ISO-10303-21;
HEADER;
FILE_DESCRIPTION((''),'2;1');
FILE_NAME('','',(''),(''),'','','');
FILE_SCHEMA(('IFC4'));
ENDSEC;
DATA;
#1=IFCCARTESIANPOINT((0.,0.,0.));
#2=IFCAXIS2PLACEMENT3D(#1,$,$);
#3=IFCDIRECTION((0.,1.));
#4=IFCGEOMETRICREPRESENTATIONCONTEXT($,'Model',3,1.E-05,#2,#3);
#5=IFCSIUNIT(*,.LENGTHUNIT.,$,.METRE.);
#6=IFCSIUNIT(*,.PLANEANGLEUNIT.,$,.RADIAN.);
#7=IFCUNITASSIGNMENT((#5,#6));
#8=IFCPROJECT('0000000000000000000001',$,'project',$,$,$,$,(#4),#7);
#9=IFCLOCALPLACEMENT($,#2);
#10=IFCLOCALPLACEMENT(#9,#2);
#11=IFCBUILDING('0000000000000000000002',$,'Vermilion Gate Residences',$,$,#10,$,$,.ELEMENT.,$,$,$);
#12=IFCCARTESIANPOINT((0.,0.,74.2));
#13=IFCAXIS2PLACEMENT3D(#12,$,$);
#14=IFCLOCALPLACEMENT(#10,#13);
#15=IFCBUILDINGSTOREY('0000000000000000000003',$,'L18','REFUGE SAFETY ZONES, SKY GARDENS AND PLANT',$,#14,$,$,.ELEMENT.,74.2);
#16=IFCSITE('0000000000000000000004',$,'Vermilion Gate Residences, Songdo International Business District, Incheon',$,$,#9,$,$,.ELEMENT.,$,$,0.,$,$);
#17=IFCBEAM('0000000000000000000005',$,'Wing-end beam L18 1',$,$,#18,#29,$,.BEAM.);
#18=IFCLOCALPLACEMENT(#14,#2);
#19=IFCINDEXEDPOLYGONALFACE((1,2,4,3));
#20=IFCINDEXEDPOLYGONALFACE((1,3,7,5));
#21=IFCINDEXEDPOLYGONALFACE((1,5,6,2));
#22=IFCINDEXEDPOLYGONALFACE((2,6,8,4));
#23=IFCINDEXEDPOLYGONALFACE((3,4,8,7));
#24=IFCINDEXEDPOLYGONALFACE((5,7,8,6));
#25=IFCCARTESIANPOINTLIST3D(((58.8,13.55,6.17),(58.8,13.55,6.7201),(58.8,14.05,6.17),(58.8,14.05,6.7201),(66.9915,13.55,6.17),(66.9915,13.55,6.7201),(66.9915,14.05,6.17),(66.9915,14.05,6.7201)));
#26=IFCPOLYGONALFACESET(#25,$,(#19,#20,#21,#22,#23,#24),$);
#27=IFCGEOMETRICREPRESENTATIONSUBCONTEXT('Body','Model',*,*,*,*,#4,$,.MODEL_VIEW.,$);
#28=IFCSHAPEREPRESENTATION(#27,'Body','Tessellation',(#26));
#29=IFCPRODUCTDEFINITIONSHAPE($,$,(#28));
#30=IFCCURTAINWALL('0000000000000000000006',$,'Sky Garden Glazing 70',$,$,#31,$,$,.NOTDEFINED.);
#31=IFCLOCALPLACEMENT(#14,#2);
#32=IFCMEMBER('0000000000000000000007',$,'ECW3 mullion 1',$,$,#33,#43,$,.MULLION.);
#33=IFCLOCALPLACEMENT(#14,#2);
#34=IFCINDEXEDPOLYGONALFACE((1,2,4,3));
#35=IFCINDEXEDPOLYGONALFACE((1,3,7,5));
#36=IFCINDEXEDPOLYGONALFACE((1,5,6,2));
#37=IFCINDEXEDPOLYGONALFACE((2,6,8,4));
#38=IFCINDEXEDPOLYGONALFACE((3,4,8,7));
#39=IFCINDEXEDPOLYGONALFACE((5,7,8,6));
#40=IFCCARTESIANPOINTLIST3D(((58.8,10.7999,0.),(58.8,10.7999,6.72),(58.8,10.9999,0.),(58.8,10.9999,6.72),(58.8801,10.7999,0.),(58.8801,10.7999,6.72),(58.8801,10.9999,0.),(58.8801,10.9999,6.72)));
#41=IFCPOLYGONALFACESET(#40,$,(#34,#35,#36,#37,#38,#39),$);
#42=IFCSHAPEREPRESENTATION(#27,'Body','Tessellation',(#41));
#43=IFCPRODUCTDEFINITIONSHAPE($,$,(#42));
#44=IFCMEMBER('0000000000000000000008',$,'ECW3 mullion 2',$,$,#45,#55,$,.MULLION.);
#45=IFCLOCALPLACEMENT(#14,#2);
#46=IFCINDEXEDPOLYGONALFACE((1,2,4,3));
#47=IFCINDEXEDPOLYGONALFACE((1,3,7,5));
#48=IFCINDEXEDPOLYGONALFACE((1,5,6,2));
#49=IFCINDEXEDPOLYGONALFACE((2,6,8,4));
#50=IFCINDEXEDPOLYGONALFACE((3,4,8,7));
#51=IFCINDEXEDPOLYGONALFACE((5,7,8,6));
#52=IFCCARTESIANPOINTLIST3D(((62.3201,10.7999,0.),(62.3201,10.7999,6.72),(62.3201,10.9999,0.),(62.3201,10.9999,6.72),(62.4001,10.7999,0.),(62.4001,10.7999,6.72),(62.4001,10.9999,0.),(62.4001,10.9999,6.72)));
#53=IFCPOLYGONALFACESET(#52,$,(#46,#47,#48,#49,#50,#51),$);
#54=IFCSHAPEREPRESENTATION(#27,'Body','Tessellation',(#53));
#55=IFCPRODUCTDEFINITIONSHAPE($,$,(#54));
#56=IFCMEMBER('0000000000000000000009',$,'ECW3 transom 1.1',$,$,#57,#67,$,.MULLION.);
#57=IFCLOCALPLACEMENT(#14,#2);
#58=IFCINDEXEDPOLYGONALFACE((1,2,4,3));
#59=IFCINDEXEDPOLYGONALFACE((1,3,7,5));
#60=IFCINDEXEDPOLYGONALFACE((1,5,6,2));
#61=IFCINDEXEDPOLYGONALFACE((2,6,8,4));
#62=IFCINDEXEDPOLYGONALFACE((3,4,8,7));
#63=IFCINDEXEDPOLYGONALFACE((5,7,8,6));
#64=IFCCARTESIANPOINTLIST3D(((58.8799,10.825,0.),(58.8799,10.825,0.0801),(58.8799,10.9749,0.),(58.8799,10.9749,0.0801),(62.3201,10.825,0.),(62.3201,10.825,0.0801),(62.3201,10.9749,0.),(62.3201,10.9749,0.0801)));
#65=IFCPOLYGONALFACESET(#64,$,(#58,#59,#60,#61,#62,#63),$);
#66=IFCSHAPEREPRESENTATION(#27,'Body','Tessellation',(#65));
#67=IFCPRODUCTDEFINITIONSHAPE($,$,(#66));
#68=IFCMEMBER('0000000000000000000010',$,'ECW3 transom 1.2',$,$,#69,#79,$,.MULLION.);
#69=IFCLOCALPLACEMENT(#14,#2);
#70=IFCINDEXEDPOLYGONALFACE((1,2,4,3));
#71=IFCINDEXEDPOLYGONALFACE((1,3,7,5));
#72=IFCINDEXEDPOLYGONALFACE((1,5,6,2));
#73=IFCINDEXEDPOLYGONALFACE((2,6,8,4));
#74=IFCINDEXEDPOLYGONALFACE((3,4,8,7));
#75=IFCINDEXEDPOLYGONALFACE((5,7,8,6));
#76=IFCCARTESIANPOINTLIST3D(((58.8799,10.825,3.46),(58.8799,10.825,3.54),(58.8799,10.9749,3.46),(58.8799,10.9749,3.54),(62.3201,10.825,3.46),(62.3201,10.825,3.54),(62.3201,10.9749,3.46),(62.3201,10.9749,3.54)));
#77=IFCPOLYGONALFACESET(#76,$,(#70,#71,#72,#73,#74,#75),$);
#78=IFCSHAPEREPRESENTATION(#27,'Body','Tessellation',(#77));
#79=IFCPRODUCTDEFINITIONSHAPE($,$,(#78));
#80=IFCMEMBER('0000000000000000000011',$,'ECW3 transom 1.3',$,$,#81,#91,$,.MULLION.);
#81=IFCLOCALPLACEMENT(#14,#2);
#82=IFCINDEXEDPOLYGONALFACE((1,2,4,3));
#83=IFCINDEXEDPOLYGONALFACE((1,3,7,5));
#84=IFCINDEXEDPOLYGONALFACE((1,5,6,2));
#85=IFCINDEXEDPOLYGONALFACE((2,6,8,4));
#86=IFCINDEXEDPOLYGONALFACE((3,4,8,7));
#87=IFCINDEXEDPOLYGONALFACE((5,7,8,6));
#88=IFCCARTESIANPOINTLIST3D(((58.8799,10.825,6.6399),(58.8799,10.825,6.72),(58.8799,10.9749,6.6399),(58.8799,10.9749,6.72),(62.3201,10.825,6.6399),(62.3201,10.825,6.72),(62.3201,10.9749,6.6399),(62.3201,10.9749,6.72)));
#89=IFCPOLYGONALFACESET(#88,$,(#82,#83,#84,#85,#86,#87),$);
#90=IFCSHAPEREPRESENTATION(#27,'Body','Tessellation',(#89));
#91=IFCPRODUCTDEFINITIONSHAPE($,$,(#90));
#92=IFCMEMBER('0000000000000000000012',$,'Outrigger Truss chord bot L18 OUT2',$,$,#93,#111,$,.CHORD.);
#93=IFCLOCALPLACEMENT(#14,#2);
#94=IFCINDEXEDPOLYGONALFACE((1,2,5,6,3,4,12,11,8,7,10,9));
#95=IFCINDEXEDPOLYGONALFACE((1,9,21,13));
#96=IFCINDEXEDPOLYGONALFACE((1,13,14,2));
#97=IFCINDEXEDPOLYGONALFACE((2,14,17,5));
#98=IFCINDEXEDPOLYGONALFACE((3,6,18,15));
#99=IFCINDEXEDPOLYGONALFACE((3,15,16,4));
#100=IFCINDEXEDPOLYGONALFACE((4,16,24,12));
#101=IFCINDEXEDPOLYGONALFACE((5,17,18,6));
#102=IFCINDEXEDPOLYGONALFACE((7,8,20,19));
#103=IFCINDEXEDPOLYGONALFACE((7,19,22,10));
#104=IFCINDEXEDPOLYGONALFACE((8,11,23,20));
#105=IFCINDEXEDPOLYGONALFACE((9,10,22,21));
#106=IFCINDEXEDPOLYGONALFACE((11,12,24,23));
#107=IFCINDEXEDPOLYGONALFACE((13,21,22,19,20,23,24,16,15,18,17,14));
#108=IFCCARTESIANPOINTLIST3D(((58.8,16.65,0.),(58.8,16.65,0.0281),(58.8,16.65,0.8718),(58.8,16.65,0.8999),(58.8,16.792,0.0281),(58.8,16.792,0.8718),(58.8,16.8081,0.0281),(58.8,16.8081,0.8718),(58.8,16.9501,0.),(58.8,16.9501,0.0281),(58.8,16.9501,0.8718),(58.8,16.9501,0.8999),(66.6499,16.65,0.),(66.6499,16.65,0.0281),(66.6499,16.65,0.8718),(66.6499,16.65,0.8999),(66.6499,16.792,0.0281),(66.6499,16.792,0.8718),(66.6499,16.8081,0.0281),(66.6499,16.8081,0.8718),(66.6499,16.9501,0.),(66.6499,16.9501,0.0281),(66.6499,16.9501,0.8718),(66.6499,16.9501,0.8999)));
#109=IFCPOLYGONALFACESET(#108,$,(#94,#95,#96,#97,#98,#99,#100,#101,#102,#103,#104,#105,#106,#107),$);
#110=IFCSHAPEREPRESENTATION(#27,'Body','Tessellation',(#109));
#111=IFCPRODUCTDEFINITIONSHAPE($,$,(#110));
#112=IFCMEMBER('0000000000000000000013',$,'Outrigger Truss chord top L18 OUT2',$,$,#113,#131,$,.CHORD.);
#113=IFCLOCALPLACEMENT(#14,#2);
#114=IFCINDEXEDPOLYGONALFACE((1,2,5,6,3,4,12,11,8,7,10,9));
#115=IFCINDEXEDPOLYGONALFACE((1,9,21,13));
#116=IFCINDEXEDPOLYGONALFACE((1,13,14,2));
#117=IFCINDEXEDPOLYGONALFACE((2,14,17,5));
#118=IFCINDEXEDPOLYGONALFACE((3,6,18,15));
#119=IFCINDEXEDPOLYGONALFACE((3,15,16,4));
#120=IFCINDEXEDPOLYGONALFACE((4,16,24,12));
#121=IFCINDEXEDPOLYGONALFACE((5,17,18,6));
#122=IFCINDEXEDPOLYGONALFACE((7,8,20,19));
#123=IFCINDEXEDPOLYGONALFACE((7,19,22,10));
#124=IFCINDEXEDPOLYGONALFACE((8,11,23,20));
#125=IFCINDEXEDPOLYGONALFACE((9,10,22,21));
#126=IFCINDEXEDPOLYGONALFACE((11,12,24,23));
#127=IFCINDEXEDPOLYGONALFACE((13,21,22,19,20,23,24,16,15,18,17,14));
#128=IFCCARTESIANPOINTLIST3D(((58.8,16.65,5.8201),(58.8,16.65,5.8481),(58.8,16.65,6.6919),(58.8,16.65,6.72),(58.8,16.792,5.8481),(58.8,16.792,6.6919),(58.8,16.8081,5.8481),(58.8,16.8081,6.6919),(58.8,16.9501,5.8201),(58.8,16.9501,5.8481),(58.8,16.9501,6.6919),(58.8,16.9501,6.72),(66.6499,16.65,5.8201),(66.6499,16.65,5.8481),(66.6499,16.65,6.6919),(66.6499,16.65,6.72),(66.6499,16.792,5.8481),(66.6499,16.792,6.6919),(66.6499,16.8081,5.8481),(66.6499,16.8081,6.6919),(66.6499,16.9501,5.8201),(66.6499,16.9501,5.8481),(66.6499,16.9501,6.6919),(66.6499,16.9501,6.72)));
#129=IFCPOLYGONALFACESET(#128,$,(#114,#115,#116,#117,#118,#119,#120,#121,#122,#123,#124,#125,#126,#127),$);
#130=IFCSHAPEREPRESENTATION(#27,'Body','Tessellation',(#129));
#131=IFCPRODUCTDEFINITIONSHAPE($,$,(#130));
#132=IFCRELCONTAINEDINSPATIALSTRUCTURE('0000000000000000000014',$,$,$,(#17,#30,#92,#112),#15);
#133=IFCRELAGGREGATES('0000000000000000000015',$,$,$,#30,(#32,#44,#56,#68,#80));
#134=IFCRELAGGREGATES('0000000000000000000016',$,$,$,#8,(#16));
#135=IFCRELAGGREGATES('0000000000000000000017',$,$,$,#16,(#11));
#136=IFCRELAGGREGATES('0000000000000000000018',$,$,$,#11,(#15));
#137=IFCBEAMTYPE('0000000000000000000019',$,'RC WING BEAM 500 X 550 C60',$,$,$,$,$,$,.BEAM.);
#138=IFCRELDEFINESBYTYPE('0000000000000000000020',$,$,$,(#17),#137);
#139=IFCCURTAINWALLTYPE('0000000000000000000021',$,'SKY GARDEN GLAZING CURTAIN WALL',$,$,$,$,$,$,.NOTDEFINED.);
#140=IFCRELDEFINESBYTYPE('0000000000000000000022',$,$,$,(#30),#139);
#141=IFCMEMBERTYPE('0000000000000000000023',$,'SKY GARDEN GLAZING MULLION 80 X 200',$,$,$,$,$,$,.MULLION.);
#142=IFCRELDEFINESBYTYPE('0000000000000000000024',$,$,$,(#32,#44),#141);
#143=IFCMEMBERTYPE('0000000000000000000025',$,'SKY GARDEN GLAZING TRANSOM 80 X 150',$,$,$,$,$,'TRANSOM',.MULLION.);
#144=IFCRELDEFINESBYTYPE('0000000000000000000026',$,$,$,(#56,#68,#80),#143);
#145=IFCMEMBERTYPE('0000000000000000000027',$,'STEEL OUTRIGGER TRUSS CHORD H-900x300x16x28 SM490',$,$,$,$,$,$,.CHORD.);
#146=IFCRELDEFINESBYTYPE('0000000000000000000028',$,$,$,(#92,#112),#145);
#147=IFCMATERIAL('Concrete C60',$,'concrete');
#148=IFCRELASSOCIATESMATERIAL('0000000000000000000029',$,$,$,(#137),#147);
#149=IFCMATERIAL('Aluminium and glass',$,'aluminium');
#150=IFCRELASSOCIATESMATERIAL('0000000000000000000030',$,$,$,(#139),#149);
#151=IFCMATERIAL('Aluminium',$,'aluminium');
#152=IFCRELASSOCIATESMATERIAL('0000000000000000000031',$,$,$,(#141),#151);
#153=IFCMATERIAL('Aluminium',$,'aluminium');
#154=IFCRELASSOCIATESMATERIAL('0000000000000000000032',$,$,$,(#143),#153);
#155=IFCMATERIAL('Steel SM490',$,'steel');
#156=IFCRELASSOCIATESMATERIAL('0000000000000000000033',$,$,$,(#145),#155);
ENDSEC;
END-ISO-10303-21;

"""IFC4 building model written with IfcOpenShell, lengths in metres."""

from ifc_helpers import new_model, si_unit, direction, frame, origin, origin_2d, place, context, subcontext, project, spatial, rectangle, i_section, extrude, material, material_profile, profile_set, type_object, element, aggregate, save


model = new_model("IFC4")

# Units and contexts
model_context = context("Model", 3, precision=1e-05, world=origin(), true_north=direction((0.0, 1.0)))
body_context = subcontext(model_context, "Body", "Model", "MODEL_VIEW")
ifc_project = project(units=[si_unit("LENGTHUNIT", "METRE"), si_unit("PLANEANGLEUNIT", "RADIAN")], contexts=[model_context])

# Site, building, storey
site_placement = place(None, origin())
site = spatial("IfcSite", under=ifc_project, at=site_placement, Name="Vermilion Gate Residences, Songdo International Business District, Incheon", CompositionType="ELEMENT", RefElevation=0.0)
building_placement = place(site_placement, origin())
building = spatial("IfcBuilding", under=site, at=building_placement, Name="Vermilion Gate Residences", CompositionType="ELEMENT")
storey_placement = place(building_placement, frame((0.0, 0.0, 74.2)))
storey = spatial("IfcBuildingStorey", under=building, at=storey_placement, Name="L18", Description="REFUGE SAFETY ZONES, SKY GARDENS AND PLANT", CompositionType="ELEMENT", Elevation=74.2)

# Beam
ifc_material_1 = material(Name="Concrete C60", Category="concrete")
ifc_material_profile_1 = material_profile(ifc_material_1, rectangle(XDim=0.5, YDim=0.55, at=origin_2d()), Name="RC-500x550")
ifc_profile_set_1 = profile_set([ifc_material_profile_1], Name="Concrete C60")
beam_type = type_object("IfcBeamType", Name="RC WING BEAM 500 X 550 C60", PredefinedType="BEAM", material=ifc_profile_set_1)
beam_placement = place(storey_placement, frame((58.8, 13.8, 6.4451), z_axis=(1.0, 0.0, 0.0), x_axis=(0.0, 1.0, 0.0)))
element("IfcBeam", 1, at=beam_placement, inside=storey, type_object=beam_type, Name="Wing-end beam L18 1", PredefinedType="BEAM", context=body_context, shape_type="SweptSolid", body=[
    extrude(rectangle(XDim=0.5, YDim=0.55, at=origin_2d()), origin(), (0.0, 0.0, 1.0), 8.1914),
])

# Curtain wall, members
ifc_material_2 = material(Name="Aluminium and glass", Category="aluminium")
curtain_wall_type = type_object("IfcCurtainWallType", Name="SKY GARDEN GLAZING CURTAIN WALL", PredefinedType="NOTDEFINED", material=ifc_material_2)
curtain_wall_placement = place(storey_placement, origin())
curtain_wall = element("IfcCurtainWall", 2, at=curtain_wall_placement, inside=storey, type_object=curtain_wall_type, Name="Sky Garden Glazing 70", PredefinedType="NOTDEFINED")
ifc_material_3 = material(Name="Aluminium", Category="aluminium")
ifc_material_profile_2 = material_profile(ifc_material_3, rectangle(XDim=0.2, YDim=0.0801, at=origin_2d()), Name="MULLION 80 X 200")
ifc_profile_set_2 = profile_set([ifc_material_profile_2], Name="Aluminium")
member_type_1 = type_object("IfcMemberType", Name="SKY GARDEN GLAZING MULLION 80 X 200", PredefinedType="MULLION", material=ifc_profile_set_2)
member_1_placement = place(storey_placement, frame((58.8401, 10.8999, 0.0), z_axis=(0.0, 0.0, 1.0), x_axis=(0.0, 1.0, 0.0)))
member_1 = element("IfcMember", 3, at=member_1_placement, type_object=member_type_1, Name="ECW3 mullion 1", PredefinedType="MULLION", context=body_context, shape_type="SweptSolid", body=[
    extrude(rectangle(XDim=0.2, YDim=0.0801, at=origin_2d()), origin(), (0.0, 0.0, 1.0), 6.72),
])
member_2_placement = place(storey_placement, frame((62.3601, 10.8999, 0.0), z_axis=(0.0, 0.0, 1.0), x_axis=(0.0, 1.0, 0.0)))
member_2 = element("IfcMember", 4, at=member_2_placement, type_object=member_type_1, Name="ECW3 mullion 2", PredefinedType="MULLION", context=body_context, shape_type="SweptSolid", body=[
    extrude(rectangle(XDim=0.2, YDim=0.0801, at=origin_2d()), origin(), (0.0, 0.0, 1.0), 6.72),
])
ifc_material_4 = material(Name="Aluminium", Category="aluminium")
ifc_material_profile_3 = material_profile(ifc_material_4, rectangle(XDim=0.1499, YDim=0.0801, at=origin_2d()), Name="TRANSOM 80 X 150")
ifc_profile_set_3 = profile_set([ifc_material_profile_3], Name="Aluminium")
member_type_2 = type_object("IfcMemberType", Name="SKY GARDEN GLAZING TRANSOM 80 X 150", ElementType="TRANSOM", PredefinedType="MULLION", material=ifc_profile_set_3)
member_3_placement = place(storey_placement, frame((58.8799, 10.8999, 0.04), z_axis=(1.0, 0.0, 0.0), x_axis=(0.0, 1.0, 0.0)))
member_3 = element("IfcMember", 5, at=member_3_placement, type_object=member_type_2, Name="ECW3 transom 1.1", PredefinedType="MULLION", context=body_context, shape_type="SweptSolid", body=[
    extrude(rectangle(XDim=0.1499, YDim=0.0801, at=origin_2d()), origin(), (0.0, 0.0, 1.0), 3.4402),
])
member_4_placement = place(storey_placement, frame((58.8799, 10.8999, 3.5), z_axis=(1.0, 0.0, 0.0), x_axis=(0.0, 1.0, 0.0)))
member_4 = element("IfcMember", 6, at=member_4_placement, type_object=member_type_2, Name="ECW3 transom 1.2", PredefinedType="MULLION", context=body_context, shape_type="SweptSolid", body=[
    extrude(rectangle(XDim=0.1499, YDim=0.0801, at=origin_2d()), origin(), (0.0, 0.0, 1.0), 3.4402),
])
member_5_placement = place(storey_placement, frame((58.8799, 10.8999, 6.6799), z_axis=(1.0, 0.0, 0.0), x_axis=(0.0, 1.0, 0.0)))
member_5 = element("IfcMember", 7, at=member_5_placement, type_object=member_type_2, Name="ECW3 transom 1.3", PredefinedType="MULLION", context=body_context, shape_type="SweptSolid", body=[
    extrude(rectangle(XDim=0.1499, YDim=0.0801, at=origin_2d()), origin(), (0.0, 0.0, 1.0), 3.4402),
])

# Members
ifc_material_5 = material(Name="Steel SM490", Category="steel")
ifc_material_profile_4 = material_profile(ifc_material_5, i_section(OverallWidth=0.3, OverallDepth=0.8999, WebThickness=0.0161, FlangeThickness=0.0281, at=origin_2d()), Name="H-900x300x16x28")
ifc_profile_set_4 = profile_set([ifc_material_profile_4], Name="Steel SM490")
member_type_3 = type_object("IfcMemberType", Name="STEEL OUTRIGGER TRUSS CHORD H-900x300x16x28 SM490", PredefinedType="CHORD", material=ifc_profile_set_4)
for number, where, z_axis, x_axis, name in (
    (8, (58.8, 16.8, 0.45), (1.0, 0.0, 0.0), (0.0, 1.0, 0.0), "Outrigger Truss chord bot L18 OUT2"),
    (9, (58.8, 16.8, 6.27), (1.0, 0.0, 0.0), (0.0, 1.0, 0.0), "Outrigger Truss chord top L18 OUT2"),
):
    element("IfcMember", number, at=place(storey_placement, frame(where, z_axis=z_axis, x_axis=x_axis)), inside=storey, type_object=member_type_3, Name=name, PredefinedType="CHORD", context=body_context, shape_type="SweptSolid", body=[
        extrude(i_section(OverallWidth=0.3, OverallDepth=0.8999, WebThickness=0.0161, FlangeThickness=0.0281, at=origin_2d()), origin(), (0.0, 0.0, 1.0), 7.8499),
    ])

aggregate(curtain_wall, [member_1, member_2, member_3, member_4, member_5])

save(model, "model.ifc")
